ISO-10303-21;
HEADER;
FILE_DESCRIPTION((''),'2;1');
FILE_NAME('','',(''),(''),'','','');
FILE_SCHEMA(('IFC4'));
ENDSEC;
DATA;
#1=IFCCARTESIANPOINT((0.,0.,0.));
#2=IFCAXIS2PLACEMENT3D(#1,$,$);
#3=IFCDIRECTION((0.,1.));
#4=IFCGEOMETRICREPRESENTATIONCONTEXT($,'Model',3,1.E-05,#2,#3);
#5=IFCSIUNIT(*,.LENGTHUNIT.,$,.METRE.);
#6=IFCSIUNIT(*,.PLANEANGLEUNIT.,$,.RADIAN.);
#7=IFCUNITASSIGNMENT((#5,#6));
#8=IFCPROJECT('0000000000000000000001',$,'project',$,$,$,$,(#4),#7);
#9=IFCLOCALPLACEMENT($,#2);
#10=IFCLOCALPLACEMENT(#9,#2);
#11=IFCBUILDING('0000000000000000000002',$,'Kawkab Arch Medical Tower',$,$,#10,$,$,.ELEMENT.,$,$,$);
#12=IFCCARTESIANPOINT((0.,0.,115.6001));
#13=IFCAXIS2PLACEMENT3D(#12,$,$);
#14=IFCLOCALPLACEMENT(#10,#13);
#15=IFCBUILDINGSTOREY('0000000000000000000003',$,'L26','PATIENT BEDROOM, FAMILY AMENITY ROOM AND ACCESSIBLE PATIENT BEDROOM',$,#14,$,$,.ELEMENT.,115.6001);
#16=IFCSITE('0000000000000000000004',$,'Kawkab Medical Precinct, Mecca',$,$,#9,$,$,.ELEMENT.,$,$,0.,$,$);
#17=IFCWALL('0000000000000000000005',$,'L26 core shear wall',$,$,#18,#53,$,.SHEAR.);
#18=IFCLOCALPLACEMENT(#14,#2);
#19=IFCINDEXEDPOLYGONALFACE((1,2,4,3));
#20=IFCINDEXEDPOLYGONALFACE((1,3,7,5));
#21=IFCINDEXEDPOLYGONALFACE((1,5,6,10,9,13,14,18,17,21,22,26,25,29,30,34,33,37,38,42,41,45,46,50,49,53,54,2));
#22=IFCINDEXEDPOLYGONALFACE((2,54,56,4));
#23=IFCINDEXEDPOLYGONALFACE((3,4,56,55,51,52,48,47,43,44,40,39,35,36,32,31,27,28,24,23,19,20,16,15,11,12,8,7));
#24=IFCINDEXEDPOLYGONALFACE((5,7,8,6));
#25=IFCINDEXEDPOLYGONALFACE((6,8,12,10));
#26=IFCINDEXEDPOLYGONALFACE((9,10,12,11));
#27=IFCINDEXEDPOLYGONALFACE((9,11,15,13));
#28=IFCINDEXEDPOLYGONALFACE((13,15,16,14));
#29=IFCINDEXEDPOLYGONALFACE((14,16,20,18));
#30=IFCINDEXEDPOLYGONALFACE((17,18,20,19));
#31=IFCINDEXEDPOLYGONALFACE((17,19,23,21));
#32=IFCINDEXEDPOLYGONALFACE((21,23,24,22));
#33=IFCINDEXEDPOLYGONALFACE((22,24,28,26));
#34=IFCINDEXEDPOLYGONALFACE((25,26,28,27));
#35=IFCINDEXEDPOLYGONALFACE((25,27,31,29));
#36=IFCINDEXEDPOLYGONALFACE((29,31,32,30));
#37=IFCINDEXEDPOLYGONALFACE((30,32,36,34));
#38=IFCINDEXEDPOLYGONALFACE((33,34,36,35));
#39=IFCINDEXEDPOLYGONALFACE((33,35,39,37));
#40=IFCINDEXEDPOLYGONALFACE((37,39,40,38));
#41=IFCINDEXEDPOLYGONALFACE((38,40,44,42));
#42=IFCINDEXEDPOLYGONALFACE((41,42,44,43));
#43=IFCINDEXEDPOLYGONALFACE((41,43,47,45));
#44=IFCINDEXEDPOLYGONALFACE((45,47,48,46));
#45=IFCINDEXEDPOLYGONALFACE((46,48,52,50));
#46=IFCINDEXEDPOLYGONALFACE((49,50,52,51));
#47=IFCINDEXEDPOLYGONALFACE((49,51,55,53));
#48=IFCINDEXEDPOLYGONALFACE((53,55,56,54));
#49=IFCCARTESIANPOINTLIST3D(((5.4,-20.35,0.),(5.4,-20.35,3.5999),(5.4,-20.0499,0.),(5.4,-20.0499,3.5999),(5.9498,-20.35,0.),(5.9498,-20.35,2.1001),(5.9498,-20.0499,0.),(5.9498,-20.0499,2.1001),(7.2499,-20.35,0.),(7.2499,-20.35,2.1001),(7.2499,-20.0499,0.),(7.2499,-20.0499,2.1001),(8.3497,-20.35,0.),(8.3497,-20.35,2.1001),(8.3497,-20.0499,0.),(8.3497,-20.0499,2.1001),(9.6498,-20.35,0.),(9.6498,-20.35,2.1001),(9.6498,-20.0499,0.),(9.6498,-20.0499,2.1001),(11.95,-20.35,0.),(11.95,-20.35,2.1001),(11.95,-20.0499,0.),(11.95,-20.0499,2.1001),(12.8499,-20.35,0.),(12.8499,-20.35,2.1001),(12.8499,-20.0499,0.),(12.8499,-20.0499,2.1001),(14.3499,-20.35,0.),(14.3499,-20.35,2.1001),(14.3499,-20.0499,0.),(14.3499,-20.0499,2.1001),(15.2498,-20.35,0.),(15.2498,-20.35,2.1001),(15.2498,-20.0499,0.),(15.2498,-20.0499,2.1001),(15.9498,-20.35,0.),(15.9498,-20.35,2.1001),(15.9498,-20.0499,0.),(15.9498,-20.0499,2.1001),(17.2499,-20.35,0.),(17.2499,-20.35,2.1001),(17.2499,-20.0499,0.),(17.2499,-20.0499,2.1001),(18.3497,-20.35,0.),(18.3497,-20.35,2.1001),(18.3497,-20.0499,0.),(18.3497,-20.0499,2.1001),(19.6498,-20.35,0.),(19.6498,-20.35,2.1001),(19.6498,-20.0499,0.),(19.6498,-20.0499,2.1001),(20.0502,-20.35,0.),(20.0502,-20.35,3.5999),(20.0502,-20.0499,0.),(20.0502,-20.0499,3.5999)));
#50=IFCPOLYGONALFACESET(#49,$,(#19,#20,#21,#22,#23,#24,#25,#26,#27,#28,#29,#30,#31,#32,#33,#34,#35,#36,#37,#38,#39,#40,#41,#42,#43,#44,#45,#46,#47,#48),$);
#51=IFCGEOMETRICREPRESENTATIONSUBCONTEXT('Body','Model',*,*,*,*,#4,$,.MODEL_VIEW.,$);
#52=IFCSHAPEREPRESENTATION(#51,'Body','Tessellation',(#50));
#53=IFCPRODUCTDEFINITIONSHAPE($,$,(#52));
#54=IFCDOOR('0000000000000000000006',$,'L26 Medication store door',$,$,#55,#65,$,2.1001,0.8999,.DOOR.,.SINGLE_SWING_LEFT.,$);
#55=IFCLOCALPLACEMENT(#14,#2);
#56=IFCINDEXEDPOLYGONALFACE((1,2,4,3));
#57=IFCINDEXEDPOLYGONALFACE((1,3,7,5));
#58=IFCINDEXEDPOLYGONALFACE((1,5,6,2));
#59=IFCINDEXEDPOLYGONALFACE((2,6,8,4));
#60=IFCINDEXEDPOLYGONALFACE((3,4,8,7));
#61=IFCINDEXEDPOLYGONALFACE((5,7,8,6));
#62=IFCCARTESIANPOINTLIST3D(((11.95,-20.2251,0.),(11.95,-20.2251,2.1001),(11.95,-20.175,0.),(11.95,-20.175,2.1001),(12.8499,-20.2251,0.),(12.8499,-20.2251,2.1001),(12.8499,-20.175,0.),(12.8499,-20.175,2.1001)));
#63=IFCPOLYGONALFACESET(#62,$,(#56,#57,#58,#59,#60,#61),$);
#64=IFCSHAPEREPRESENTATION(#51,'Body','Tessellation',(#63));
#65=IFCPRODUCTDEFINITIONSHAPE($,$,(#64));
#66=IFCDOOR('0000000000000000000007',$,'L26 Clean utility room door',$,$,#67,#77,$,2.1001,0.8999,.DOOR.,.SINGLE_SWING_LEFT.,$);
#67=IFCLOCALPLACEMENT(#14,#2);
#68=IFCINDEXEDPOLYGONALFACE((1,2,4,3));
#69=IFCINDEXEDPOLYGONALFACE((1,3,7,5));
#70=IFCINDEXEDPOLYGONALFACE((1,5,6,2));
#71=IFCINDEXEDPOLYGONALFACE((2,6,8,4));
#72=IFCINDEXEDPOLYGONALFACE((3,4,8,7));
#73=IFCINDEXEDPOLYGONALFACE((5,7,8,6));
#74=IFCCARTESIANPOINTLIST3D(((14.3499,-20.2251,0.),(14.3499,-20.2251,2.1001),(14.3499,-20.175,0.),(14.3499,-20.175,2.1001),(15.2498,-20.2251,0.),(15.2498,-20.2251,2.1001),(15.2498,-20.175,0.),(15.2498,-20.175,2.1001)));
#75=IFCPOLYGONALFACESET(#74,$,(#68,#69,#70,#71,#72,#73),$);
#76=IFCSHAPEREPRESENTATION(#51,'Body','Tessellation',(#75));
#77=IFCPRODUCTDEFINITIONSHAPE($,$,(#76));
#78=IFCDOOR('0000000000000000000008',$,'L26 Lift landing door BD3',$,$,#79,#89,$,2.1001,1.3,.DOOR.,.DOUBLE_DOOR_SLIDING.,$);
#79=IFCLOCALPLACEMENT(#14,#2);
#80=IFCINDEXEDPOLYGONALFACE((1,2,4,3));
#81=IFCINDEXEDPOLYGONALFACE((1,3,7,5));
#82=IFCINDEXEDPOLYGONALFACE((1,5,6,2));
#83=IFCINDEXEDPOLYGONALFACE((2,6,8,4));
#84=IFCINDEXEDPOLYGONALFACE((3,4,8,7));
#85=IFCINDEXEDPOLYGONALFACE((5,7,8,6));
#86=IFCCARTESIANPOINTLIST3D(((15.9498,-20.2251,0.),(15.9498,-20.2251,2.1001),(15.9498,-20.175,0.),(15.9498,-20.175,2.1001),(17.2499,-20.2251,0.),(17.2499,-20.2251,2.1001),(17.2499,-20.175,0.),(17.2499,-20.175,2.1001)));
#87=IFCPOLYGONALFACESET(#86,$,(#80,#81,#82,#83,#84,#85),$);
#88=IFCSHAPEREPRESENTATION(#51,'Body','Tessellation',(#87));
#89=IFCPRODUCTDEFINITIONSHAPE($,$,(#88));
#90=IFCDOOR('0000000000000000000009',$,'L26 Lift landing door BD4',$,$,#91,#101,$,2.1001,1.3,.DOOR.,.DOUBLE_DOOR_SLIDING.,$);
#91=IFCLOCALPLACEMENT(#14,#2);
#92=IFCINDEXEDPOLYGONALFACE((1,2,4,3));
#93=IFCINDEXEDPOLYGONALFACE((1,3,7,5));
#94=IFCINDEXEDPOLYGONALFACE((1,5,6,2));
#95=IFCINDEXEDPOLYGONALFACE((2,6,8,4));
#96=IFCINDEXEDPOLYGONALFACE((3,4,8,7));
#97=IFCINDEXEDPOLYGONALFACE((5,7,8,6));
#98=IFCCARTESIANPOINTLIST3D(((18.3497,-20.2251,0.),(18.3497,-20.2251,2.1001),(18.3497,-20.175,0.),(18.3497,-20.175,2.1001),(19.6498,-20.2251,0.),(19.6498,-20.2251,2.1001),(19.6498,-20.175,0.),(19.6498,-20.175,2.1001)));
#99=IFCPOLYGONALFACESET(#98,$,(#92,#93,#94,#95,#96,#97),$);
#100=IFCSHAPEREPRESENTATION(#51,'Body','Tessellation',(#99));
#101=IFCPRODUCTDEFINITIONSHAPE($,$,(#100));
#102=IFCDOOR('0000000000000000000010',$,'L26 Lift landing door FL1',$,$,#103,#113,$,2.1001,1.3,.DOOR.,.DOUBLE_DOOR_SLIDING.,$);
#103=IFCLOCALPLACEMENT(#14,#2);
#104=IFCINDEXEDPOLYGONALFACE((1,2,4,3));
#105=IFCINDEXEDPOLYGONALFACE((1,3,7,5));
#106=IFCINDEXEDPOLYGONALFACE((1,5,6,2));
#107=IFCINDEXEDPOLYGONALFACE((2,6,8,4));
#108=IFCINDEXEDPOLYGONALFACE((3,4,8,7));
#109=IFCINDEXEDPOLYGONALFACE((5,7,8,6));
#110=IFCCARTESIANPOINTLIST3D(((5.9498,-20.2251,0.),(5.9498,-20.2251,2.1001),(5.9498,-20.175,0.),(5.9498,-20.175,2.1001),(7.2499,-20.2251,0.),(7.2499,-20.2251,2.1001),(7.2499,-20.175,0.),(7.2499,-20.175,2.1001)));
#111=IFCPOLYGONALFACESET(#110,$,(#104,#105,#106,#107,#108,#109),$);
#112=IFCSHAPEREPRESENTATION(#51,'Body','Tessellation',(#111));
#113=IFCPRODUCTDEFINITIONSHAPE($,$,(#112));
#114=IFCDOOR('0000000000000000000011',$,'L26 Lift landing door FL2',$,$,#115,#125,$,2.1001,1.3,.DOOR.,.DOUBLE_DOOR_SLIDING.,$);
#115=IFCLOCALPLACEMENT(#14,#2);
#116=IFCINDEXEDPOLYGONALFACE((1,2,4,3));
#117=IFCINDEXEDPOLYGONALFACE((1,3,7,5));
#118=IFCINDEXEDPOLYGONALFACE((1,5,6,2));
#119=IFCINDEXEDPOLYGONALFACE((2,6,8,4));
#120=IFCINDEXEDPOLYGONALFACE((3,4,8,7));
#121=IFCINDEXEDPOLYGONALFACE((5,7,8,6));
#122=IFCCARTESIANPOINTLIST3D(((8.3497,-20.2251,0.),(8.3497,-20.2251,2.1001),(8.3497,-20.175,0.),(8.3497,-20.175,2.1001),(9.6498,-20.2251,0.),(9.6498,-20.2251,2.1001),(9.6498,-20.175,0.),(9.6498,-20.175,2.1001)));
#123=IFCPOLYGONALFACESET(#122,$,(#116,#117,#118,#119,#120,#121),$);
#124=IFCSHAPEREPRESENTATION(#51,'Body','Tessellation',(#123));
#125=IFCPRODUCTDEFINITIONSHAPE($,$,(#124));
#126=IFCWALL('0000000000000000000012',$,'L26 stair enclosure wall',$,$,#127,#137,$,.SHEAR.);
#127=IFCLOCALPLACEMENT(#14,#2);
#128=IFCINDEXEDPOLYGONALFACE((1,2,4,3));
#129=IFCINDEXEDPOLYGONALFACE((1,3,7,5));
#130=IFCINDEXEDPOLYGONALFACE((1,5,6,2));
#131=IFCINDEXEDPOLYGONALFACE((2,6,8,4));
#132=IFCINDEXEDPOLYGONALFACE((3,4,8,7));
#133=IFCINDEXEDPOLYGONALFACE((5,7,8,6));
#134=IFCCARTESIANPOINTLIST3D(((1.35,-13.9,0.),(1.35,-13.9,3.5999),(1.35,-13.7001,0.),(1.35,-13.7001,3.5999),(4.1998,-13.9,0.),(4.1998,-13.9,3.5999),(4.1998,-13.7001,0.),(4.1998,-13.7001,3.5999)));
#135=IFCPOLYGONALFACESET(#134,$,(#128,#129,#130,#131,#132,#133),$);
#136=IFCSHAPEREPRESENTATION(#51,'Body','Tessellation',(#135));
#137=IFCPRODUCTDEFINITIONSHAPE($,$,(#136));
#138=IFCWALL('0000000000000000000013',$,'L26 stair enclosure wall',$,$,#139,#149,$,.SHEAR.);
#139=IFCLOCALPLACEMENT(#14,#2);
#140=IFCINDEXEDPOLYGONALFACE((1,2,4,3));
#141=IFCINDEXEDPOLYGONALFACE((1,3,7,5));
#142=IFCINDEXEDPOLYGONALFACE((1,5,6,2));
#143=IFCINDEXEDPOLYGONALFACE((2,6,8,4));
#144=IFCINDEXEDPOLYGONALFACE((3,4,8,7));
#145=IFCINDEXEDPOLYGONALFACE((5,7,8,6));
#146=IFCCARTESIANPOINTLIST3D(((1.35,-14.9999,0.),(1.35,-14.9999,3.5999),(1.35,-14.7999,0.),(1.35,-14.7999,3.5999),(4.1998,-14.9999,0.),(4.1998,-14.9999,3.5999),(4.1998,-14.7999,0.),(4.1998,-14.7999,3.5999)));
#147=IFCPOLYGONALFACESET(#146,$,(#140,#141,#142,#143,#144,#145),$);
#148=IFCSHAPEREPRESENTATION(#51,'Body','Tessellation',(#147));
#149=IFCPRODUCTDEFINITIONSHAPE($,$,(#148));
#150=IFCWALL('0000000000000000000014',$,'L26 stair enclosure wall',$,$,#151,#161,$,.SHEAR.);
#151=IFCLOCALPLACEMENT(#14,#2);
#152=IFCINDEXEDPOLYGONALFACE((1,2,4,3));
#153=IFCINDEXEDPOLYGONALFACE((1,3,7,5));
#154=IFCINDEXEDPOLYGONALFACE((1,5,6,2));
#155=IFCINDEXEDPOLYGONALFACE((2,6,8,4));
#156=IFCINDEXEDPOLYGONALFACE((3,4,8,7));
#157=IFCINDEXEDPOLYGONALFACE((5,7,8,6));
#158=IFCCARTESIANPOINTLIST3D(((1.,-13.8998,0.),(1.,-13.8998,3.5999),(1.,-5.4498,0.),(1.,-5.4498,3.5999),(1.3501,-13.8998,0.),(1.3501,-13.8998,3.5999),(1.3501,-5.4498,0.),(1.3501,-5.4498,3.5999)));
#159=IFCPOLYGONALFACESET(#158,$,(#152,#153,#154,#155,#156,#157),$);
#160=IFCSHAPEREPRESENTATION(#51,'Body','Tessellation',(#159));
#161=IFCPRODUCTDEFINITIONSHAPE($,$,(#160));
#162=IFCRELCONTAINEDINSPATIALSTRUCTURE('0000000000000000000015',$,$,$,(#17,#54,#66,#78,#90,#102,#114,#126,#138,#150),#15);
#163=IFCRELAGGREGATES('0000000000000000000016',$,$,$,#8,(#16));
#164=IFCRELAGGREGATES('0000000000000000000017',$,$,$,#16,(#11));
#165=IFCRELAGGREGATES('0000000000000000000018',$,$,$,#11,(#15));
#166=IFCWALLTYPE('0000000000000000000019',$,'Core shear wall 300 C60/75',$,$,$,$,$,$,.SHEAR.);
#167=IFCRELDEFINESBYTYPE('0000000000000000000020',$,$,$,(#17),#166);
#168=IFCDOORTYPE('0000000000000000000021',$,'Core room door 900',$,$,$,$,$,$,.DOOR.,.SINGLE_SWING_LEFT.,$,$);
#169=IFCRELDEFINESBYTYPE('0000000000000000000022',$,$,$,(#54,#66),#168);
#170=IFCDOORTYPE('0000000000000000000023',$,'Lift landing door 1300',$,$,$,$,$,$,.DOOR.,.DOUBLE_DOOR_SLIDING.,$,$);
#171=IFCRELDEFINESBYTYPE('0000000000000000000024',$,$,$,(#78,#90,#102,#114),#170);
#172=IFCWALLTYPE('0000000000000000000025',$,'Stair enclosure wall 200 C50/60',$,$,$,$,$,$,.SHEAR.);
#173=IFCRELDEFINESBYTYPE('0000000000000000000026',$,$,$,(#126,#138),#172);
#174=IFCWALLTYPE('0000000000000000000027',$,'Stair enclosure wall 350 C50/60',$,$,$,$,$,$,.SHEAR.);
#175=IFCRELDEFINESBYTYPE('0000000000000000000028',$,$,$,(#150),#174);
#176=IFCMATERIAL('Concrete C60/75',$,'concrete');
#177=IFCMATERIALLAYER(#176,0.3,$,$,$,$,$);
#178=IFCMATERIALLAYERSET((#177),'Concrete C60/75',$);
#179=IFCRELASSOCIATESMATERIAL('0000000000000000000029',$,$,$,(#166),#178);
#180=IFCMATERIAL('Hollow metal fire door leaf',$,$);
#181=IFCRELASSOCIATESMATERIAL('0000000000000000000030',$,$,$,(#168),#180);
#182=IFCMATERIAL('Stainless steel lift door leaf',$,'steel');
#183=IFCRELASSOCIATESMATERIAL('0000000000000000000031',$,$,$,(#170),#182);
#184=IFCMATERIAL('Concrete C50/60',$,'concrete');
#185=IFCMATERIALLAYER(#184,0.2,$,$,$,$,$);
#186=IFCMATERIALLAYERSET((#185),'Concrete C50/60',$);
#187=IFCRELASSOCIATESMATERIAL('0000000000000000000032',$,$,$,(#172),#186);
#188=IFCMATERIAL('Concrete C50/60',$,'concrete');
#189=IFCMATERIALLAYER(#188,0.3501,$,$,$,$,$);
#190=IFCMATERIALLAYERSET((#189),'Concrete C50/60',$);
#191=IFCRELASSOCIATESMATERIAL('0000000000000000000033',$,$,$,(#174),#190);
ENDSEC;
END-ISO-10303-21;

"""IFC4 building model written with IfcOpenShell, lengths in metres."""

from ifc_helpers import new_model, si_unit, direction, frame, frame_2d, origin, place, context, subcontext, project, spatial, rectangle, extrude, material, layer, layer_set, type_object, element, fill, save


model = new_model("IFC4")

# Units and contexts
model_context = context("Model", 3, precision=1e-05, world=origin(), true_north=direction((0.0, 1.0)))
body_context = subcontext(model_context, "Body", "Model", "MODEL_VIEW")
ifc_project = project(units=[si_unit("LENGTHUNIT", "METRE"), si_unit("PLANEANGLEUNIT", "RADIAN")], contexts=[model_context])

# Site, building, storey
site_placement = place(None, origin())
site = spatial("IfcSite", under=ifc_project, at=site_placement, Name="Kawkab Medical Precinct, Mecca", CompositionType="ELEMENT", RefElevation=0.0)
building_placement = place(site_placement, origin())
building = spatial("IfcBuilding", under=site, at=building_placement, Name="Kawkab Arch Medical Tower", CompositionType="ELEMENT")
storey_placement = place(building_placement, frame((0.0, 0.0, 115.6001)))
storey = spatial("IfcBuildingStorey", under=building, at=storey_placement, Name="L26", Description="PATIENT BEDROOM, FAMILY AMENITY ROOM AND ACCESSIBLE PATIENT BEDROOM", CompositionType="ELEMENT", Elevation=115.6001)

# Shared definitions
ifc_material_1 = material(Name="Concrete C60/75", Category="concrete")
ifc_layer_1 = layer(ifc_material_1, 0.3)
ifc_layer_set_1 = layer_set([ifc_layer_1], Name="Concrete C60/75")
wall_type_1 = type_object("IfcWallType", Name="Core shear wall 300 C60/75", PredefinedType="SHEAR", material=ifc_layer_set_1)

# Wall, openings, doors
wall_1_placement = place(storey_placement, frame((5.3999, -20.2, 0.0), z_axis=(0.0, 0.0, 1.0), x_axis=(1.0, 0.0, 0.0)))
wall_1 = element("IfcWall", 1, at=wall_1_placement, inside=storey, type_object=wall_type_1, Name="L26 core shear wall", PredefinedType="SHEAR", context=body_context, shape_type="SweptSolid", body=[
    extrude(rectangle(XDim=14.6501, YDim=0.3, at=frame_2d((7.3252, 0.0))), origin(), (0.0, 0.0, 1.0), 3.5999),
])
opening_1_placement = place(wall_1_placement, frame((10.55, 0.0, 0.0)))
opening_1 = element("IfcOpeningElement", 2, at=opening_1_placement, cuts=wall_1, PredefinedType="OPENING", context=body_context, shape_type="SweptSolid", body=[
    extrude(rectangle(XDim=1.3, YDim=2.1001, at=frame_2d((0.6499, 1.05))), frame((0.0, 0.1599, 0.0), z_axis=(0.0, -1.0, 0.0), x_axis=(1.0, 0.0, 0.0)), (0.0, 0.0, 1.0), 0.3201),
])
opening_2_placement = place(wall_1_placement, frame((12.95, 0.0, 0.0)))
opening_2 = element("IfcOpeningElement", 3, at=opening_2_placement, cuts=wall_1, PredefinedType="OPENING", context=body_context, shape_type="SweptSolid", body=[
    extrude(rectangle(XDim=1.3, YDim=2.1001, at=frame_2d((0.6499, 1.05))), frame((0.0, 0.1599, 0.0), z_axis=(0.0, -1.0, 0.0), x_axis=(1.0, 0.0, 0.0)), (0.0, 0.0, 1.0), 0.3201),
])
opening_3_placement = place(wall_1_placement, frame((0.55, 0.0, 0.0)))
opening_3 = element("IfcOpeningElement", 4, at=opening_3_placement, cuts=wall_1, PredefinedType="OPENING", context=body_context, shape_type="SweptSolid", body=[
    extrude(rectangle(XDim=1.3, YDim=2.1001, at=frame_2d((0.6499, 1.05))), frame((0.0, 0.1599, 0.0), z_axis=(0.0, -1.0, 0.0), x_axis=(1.0, 0.0, 0.0)), (0.0, 0.0, 1.0), 0.3201),
])
opening_4_placement = place(wall_1_placement, frame((2.95, 0.0, 0.0)))
opening_4 = element("IfcOpeningElement", 5, at=opening_4_placement, cuts=wall_1, PredefinedType="OPENING", context=body_context, shape_type="SweptSolid", body=[
    extrude(rectangle(XDim=1.3, YDim=2.1001, at=frame_2d((0.6499, 1.05))), frame((0.0, 0.1599, 0.0), z_axis=(0.0, -1.0, 0.0), x_axis=(1.0, 0.0, 0.0)), (0.0, 0.0, 1.0), 0.3201),
])
opening_5_placement = place(wall_1_placement, frame((6.55, 0.0, 0.0)))
opening_5 = element("IfcOpeningElement", 6, at=opening_5_placement, cuts=wall_1, PredefinedType="OPENING", context=body_context, shape_type="SweptSolid", body=[
    extrude(rectangle(XDim=0.8999, YDim=2.1001, at=frame_2d((0.45, 1.05))), frame((0.0, 0.1599, 0.0), z_axis=(0.0, -1.0, 0.0), x_axis=(1.0, 0.0, 0.0)), (0.0, 0.0, 1.0), 0.3201),
])
opening_6_placement = place(wall_1_placement, frame((8.95, 0.0, 0.0)))
opening_6 = element("IfcOpeningElement", 7, at=opening_6_placement, cuts=wall_1, PredefinedType="OPENING", context=body_context, shape_type="SweptSolid", body=[
    extrude(rectangle(XDim=0.8999, YDim=2.1001, at=frame_2d((0.45, 1.05))), frame((0.0, 0.1599, 0.0), z_axis=(0.0, -1.0, 0.0), x_axis=(1.0, 0.0, 0.0)), (0.0, 0.0, 1.0), 0.3201),
])
ifc_material_2 = material(Name="Hollow metal fire door leaf")
door_type_1 = type_object("IfcDoorType", Name="Core room door 900", OperationType="SINGLE_SWING_LEFT", PredefinedType="DOOR", material=ifc_material_2)
door_1_placement = place(opening_5_placement, origin())
door_1 = element("IfcDoor", 8, at=door_1_placement, inside=storey, type_object=door_type_1, Name="L26 Medication store door", OperationType="SINGLE_SWING_LEFT", OverallHeight=2.1001, OverallWidth=0.8999, PredefinedType="DOOR", context=body_context, shape_type="SweptSolid", body=[
    extrude(rectangle(XDim=0.8999, YDim=2.1001, at=frame_2d((0.45, 1.05))), frame((0.0, 0.0249, 0.0), z_axis=(0.0, -1.0, 0.0), x_axis=(1.0, 0.0, 0.0)), (0.0, 0.0, 1.0), 0.05),
])
fill(opening_5, door_1)
door_2_placement = place(opening_6_placement, origin())
door_2 = element("IfcDoor", 9, at=door_2_placement, inside=storey, type_object=door_type_1, Name="L26 Clean utility room door", OperationType="SINGLE_SWING_LEFT", OverallHeight=2.1001, OverallWidth=0.8999, PredefinedType="DOOR", context=body_context, shape_type="SweptSolid", body=[
    extrude(rectangle(XDim=0.8999, YDim=2.1001, at=frame_2d((0.45, 1.05))), frame((0.0, 0.0249, 0.0), z_axis=(0.0, -1.0, 0.0), x_axis=(1.0, 0.0, 0.0)), (0.0, 0.0, 1.0), 0.05),
])
fill(opening_6, door_2)
ifc_material_3 = material(Name="Stainless steel lift door leaf", Category="steel")
door_type_2 = type_object("IfcDoorType", Name="Lift landing door 1300", OperationType="DOUBLE_DOOR_SLIDING", PredefinedType="DOOR", material=ifc_material_3)
door_3_placement = place(opening_1_placement, origin())
door_3 = element("IfcDoor", 10, at=door_3_placement, inside=storey, type_object=door_type_2, Name="L26 Lift landing door BD3", OperationType="DOUBLE_DOOR_SLIDING", OverallHeight=2.1001, OverallWidth=1.3, PredefinedType="DOOR", context=body_context, shape_type="SweptSolid", body=[
    extrude(rectangle(XDim=1.3, YDim=2.1001, at=frame_2d((0.6499, 1.05))), frame((0.0, 0.0249, 0.0), z_axis=(0.0, -1.0, 0.0), x_axis=(1.0, 0.0, 0.0)), (0.0, 0.0, 1.0), 0.05),
])
fill(opening_1, door_3)
door_4_placement = place(opening_2_placement, origin())
door_4 = element("IfcDoor", 11, at=door_4_placement, inside=storey, type_object=door_type_2, Name="L26 Lift landing door BD4", OperationType="DOUBLE_DOOR_SLIDING", OverallHeight=2.1001, OverallWidth=1.3, PredefinedType="DOOR", context=body_context, shape_type="SweptSolid", body=[
    extrude(rectangle(XDim=1.3, YDim=2.1001, at=frame_2d((0.6499, 1.05))), frame((0.0, 0.0249, 0.0), z_axis=(0.0, -1.0, 0.0), x_axis=(1.0, 0.0, 0.0)), (0.0, 0.0, 1.0), 0.05),
])
fill(opening_2, door_4)
door_5_placement = place(opening_3_placement, origin())
door_5 = element("IfcDoor", 12, at=door_5_placement, inside=storey, type_object=door_type_2, Name="L26 Lift landing door FL1", OperationType="DOUBLE_DOOR_SLIDING", OverallHeight=2.1001, OverallWidth=1.3, PredefinedType="DOOR", context=body_context, shape_type="SweptSolid", body=[
    extrude(rectangle(XDim=1.3, YDim=2.1001, at=frame_2d((0.6499, 1.05))), frame((0.0, 0.0249, 0.0), z_axis=(0.0, -1.0, 0.0), x_axis=(1.0, 0.0, 0.0)), (0.0, 0.0, 1.0), 0.05),
])
fill(opening_3, door_5)
door_6_placement = place(opening_4_placement, origin())
door_6 = element("IfcDoor", 13, at=door_6_placement, inside=storey, type_object=door_type_2, Name="L26 Lift landing door FL2", OperationType="DOUBLE_DOOR_SLIDING", OverallHeight=2.1001, OverallWidth=1.3, PredefinedType="DOOR", context=body_context, shape_type="SweptSolid", body=[
    extrude(rectangle(XDim=1.3, YDim=2.1001, at=frame_2d((0.6499, 1.05))), frame((0.0, 0.0249, 0.0), z_axis=(0.0, -1.0, 0.0), x_axis=(1.0, 0.0, 0.0)), (0.0, 0.0, 1.0), 0.05),
])
fill(opening_4, door_6)

# Walls
ifc_material_4 = material(Name="Concrete C50/60", Category="concrete")
ifc_layer_2 = layer(ifc_material_4, 0.2)
ifc_layer_set_2 = layer_set([ifc_layer_2], Name="Concrete C50/60")
wall_type_2 = type_object("IfcWallType", Name="Stair enclosure wall 200 C50/60", PredefinedType="SHEAR", material=ifc_layer_set_2)
for number, where, z_axis, x_axis, name in (
    (14, (1.3501, -13.8, 0.0), (0.0, 0.0, 1.0), (1.0, 0.0, 0.0), "L26 stair enclosure wall"),
    (15, (1.3501, -14.8999, 0.0), (0.0, 0.0, 1.0), (1.0, 0.0, 0.0), "L26 stair enclosure wall"),
):
    element("IfcWall", number, at=place(storey_placement, frame(where, z_axis=z_axis, x_axis=x_axis)), inside=storey, type_object=wall_type_2, Name=name, PredefinedType="SHEAR", context=body_context, shape_type="SweptSolid", body=[
        extrude(rectangle(XDim=2.8499, YDim=0.2, at=frame_2d((1.4248, 0.0))), origin(), (0.0, 0.0, 1.0), 3.5999),
    ])
ifc_material_5 = material(Name="Concrete C50/60", Category="concrete")
ifc_layer_3 = layer(ifc_material_5, 0.3501)
ifc_layer_set_3 = layer_set([ifc_layer_3], Name="Concrete C50/60")
wall_type_3 = type_object("IfcWallType", Name="Stair enclosure wall 350 C50/60", PredefinedType="SHEAR", material=ifc_layer_set_3)
wall_2_placement = place(storey_placement, frame((1.175, -13.8999, 0.0), z_axis=(0.0, 0.0, 1.0), x_axis=(0.0, 1.0, 0.0)))
element("IfcWall", 16, at=wall_2_placement, inside=storey, type_object=wall_type_3, Name="L26 stair enclosure wall", PredefinedType="SHEAR", context=body_context, shape_type="SweptSolid", body=[
    extrude(rectangle(XDim=8.45, YDim=0.3501, at=frame_2d((4.2251, 0.0))), origin(), (0.0, 0.0, 1.0), 3.5999),
])

save(model, "model.ifc")
